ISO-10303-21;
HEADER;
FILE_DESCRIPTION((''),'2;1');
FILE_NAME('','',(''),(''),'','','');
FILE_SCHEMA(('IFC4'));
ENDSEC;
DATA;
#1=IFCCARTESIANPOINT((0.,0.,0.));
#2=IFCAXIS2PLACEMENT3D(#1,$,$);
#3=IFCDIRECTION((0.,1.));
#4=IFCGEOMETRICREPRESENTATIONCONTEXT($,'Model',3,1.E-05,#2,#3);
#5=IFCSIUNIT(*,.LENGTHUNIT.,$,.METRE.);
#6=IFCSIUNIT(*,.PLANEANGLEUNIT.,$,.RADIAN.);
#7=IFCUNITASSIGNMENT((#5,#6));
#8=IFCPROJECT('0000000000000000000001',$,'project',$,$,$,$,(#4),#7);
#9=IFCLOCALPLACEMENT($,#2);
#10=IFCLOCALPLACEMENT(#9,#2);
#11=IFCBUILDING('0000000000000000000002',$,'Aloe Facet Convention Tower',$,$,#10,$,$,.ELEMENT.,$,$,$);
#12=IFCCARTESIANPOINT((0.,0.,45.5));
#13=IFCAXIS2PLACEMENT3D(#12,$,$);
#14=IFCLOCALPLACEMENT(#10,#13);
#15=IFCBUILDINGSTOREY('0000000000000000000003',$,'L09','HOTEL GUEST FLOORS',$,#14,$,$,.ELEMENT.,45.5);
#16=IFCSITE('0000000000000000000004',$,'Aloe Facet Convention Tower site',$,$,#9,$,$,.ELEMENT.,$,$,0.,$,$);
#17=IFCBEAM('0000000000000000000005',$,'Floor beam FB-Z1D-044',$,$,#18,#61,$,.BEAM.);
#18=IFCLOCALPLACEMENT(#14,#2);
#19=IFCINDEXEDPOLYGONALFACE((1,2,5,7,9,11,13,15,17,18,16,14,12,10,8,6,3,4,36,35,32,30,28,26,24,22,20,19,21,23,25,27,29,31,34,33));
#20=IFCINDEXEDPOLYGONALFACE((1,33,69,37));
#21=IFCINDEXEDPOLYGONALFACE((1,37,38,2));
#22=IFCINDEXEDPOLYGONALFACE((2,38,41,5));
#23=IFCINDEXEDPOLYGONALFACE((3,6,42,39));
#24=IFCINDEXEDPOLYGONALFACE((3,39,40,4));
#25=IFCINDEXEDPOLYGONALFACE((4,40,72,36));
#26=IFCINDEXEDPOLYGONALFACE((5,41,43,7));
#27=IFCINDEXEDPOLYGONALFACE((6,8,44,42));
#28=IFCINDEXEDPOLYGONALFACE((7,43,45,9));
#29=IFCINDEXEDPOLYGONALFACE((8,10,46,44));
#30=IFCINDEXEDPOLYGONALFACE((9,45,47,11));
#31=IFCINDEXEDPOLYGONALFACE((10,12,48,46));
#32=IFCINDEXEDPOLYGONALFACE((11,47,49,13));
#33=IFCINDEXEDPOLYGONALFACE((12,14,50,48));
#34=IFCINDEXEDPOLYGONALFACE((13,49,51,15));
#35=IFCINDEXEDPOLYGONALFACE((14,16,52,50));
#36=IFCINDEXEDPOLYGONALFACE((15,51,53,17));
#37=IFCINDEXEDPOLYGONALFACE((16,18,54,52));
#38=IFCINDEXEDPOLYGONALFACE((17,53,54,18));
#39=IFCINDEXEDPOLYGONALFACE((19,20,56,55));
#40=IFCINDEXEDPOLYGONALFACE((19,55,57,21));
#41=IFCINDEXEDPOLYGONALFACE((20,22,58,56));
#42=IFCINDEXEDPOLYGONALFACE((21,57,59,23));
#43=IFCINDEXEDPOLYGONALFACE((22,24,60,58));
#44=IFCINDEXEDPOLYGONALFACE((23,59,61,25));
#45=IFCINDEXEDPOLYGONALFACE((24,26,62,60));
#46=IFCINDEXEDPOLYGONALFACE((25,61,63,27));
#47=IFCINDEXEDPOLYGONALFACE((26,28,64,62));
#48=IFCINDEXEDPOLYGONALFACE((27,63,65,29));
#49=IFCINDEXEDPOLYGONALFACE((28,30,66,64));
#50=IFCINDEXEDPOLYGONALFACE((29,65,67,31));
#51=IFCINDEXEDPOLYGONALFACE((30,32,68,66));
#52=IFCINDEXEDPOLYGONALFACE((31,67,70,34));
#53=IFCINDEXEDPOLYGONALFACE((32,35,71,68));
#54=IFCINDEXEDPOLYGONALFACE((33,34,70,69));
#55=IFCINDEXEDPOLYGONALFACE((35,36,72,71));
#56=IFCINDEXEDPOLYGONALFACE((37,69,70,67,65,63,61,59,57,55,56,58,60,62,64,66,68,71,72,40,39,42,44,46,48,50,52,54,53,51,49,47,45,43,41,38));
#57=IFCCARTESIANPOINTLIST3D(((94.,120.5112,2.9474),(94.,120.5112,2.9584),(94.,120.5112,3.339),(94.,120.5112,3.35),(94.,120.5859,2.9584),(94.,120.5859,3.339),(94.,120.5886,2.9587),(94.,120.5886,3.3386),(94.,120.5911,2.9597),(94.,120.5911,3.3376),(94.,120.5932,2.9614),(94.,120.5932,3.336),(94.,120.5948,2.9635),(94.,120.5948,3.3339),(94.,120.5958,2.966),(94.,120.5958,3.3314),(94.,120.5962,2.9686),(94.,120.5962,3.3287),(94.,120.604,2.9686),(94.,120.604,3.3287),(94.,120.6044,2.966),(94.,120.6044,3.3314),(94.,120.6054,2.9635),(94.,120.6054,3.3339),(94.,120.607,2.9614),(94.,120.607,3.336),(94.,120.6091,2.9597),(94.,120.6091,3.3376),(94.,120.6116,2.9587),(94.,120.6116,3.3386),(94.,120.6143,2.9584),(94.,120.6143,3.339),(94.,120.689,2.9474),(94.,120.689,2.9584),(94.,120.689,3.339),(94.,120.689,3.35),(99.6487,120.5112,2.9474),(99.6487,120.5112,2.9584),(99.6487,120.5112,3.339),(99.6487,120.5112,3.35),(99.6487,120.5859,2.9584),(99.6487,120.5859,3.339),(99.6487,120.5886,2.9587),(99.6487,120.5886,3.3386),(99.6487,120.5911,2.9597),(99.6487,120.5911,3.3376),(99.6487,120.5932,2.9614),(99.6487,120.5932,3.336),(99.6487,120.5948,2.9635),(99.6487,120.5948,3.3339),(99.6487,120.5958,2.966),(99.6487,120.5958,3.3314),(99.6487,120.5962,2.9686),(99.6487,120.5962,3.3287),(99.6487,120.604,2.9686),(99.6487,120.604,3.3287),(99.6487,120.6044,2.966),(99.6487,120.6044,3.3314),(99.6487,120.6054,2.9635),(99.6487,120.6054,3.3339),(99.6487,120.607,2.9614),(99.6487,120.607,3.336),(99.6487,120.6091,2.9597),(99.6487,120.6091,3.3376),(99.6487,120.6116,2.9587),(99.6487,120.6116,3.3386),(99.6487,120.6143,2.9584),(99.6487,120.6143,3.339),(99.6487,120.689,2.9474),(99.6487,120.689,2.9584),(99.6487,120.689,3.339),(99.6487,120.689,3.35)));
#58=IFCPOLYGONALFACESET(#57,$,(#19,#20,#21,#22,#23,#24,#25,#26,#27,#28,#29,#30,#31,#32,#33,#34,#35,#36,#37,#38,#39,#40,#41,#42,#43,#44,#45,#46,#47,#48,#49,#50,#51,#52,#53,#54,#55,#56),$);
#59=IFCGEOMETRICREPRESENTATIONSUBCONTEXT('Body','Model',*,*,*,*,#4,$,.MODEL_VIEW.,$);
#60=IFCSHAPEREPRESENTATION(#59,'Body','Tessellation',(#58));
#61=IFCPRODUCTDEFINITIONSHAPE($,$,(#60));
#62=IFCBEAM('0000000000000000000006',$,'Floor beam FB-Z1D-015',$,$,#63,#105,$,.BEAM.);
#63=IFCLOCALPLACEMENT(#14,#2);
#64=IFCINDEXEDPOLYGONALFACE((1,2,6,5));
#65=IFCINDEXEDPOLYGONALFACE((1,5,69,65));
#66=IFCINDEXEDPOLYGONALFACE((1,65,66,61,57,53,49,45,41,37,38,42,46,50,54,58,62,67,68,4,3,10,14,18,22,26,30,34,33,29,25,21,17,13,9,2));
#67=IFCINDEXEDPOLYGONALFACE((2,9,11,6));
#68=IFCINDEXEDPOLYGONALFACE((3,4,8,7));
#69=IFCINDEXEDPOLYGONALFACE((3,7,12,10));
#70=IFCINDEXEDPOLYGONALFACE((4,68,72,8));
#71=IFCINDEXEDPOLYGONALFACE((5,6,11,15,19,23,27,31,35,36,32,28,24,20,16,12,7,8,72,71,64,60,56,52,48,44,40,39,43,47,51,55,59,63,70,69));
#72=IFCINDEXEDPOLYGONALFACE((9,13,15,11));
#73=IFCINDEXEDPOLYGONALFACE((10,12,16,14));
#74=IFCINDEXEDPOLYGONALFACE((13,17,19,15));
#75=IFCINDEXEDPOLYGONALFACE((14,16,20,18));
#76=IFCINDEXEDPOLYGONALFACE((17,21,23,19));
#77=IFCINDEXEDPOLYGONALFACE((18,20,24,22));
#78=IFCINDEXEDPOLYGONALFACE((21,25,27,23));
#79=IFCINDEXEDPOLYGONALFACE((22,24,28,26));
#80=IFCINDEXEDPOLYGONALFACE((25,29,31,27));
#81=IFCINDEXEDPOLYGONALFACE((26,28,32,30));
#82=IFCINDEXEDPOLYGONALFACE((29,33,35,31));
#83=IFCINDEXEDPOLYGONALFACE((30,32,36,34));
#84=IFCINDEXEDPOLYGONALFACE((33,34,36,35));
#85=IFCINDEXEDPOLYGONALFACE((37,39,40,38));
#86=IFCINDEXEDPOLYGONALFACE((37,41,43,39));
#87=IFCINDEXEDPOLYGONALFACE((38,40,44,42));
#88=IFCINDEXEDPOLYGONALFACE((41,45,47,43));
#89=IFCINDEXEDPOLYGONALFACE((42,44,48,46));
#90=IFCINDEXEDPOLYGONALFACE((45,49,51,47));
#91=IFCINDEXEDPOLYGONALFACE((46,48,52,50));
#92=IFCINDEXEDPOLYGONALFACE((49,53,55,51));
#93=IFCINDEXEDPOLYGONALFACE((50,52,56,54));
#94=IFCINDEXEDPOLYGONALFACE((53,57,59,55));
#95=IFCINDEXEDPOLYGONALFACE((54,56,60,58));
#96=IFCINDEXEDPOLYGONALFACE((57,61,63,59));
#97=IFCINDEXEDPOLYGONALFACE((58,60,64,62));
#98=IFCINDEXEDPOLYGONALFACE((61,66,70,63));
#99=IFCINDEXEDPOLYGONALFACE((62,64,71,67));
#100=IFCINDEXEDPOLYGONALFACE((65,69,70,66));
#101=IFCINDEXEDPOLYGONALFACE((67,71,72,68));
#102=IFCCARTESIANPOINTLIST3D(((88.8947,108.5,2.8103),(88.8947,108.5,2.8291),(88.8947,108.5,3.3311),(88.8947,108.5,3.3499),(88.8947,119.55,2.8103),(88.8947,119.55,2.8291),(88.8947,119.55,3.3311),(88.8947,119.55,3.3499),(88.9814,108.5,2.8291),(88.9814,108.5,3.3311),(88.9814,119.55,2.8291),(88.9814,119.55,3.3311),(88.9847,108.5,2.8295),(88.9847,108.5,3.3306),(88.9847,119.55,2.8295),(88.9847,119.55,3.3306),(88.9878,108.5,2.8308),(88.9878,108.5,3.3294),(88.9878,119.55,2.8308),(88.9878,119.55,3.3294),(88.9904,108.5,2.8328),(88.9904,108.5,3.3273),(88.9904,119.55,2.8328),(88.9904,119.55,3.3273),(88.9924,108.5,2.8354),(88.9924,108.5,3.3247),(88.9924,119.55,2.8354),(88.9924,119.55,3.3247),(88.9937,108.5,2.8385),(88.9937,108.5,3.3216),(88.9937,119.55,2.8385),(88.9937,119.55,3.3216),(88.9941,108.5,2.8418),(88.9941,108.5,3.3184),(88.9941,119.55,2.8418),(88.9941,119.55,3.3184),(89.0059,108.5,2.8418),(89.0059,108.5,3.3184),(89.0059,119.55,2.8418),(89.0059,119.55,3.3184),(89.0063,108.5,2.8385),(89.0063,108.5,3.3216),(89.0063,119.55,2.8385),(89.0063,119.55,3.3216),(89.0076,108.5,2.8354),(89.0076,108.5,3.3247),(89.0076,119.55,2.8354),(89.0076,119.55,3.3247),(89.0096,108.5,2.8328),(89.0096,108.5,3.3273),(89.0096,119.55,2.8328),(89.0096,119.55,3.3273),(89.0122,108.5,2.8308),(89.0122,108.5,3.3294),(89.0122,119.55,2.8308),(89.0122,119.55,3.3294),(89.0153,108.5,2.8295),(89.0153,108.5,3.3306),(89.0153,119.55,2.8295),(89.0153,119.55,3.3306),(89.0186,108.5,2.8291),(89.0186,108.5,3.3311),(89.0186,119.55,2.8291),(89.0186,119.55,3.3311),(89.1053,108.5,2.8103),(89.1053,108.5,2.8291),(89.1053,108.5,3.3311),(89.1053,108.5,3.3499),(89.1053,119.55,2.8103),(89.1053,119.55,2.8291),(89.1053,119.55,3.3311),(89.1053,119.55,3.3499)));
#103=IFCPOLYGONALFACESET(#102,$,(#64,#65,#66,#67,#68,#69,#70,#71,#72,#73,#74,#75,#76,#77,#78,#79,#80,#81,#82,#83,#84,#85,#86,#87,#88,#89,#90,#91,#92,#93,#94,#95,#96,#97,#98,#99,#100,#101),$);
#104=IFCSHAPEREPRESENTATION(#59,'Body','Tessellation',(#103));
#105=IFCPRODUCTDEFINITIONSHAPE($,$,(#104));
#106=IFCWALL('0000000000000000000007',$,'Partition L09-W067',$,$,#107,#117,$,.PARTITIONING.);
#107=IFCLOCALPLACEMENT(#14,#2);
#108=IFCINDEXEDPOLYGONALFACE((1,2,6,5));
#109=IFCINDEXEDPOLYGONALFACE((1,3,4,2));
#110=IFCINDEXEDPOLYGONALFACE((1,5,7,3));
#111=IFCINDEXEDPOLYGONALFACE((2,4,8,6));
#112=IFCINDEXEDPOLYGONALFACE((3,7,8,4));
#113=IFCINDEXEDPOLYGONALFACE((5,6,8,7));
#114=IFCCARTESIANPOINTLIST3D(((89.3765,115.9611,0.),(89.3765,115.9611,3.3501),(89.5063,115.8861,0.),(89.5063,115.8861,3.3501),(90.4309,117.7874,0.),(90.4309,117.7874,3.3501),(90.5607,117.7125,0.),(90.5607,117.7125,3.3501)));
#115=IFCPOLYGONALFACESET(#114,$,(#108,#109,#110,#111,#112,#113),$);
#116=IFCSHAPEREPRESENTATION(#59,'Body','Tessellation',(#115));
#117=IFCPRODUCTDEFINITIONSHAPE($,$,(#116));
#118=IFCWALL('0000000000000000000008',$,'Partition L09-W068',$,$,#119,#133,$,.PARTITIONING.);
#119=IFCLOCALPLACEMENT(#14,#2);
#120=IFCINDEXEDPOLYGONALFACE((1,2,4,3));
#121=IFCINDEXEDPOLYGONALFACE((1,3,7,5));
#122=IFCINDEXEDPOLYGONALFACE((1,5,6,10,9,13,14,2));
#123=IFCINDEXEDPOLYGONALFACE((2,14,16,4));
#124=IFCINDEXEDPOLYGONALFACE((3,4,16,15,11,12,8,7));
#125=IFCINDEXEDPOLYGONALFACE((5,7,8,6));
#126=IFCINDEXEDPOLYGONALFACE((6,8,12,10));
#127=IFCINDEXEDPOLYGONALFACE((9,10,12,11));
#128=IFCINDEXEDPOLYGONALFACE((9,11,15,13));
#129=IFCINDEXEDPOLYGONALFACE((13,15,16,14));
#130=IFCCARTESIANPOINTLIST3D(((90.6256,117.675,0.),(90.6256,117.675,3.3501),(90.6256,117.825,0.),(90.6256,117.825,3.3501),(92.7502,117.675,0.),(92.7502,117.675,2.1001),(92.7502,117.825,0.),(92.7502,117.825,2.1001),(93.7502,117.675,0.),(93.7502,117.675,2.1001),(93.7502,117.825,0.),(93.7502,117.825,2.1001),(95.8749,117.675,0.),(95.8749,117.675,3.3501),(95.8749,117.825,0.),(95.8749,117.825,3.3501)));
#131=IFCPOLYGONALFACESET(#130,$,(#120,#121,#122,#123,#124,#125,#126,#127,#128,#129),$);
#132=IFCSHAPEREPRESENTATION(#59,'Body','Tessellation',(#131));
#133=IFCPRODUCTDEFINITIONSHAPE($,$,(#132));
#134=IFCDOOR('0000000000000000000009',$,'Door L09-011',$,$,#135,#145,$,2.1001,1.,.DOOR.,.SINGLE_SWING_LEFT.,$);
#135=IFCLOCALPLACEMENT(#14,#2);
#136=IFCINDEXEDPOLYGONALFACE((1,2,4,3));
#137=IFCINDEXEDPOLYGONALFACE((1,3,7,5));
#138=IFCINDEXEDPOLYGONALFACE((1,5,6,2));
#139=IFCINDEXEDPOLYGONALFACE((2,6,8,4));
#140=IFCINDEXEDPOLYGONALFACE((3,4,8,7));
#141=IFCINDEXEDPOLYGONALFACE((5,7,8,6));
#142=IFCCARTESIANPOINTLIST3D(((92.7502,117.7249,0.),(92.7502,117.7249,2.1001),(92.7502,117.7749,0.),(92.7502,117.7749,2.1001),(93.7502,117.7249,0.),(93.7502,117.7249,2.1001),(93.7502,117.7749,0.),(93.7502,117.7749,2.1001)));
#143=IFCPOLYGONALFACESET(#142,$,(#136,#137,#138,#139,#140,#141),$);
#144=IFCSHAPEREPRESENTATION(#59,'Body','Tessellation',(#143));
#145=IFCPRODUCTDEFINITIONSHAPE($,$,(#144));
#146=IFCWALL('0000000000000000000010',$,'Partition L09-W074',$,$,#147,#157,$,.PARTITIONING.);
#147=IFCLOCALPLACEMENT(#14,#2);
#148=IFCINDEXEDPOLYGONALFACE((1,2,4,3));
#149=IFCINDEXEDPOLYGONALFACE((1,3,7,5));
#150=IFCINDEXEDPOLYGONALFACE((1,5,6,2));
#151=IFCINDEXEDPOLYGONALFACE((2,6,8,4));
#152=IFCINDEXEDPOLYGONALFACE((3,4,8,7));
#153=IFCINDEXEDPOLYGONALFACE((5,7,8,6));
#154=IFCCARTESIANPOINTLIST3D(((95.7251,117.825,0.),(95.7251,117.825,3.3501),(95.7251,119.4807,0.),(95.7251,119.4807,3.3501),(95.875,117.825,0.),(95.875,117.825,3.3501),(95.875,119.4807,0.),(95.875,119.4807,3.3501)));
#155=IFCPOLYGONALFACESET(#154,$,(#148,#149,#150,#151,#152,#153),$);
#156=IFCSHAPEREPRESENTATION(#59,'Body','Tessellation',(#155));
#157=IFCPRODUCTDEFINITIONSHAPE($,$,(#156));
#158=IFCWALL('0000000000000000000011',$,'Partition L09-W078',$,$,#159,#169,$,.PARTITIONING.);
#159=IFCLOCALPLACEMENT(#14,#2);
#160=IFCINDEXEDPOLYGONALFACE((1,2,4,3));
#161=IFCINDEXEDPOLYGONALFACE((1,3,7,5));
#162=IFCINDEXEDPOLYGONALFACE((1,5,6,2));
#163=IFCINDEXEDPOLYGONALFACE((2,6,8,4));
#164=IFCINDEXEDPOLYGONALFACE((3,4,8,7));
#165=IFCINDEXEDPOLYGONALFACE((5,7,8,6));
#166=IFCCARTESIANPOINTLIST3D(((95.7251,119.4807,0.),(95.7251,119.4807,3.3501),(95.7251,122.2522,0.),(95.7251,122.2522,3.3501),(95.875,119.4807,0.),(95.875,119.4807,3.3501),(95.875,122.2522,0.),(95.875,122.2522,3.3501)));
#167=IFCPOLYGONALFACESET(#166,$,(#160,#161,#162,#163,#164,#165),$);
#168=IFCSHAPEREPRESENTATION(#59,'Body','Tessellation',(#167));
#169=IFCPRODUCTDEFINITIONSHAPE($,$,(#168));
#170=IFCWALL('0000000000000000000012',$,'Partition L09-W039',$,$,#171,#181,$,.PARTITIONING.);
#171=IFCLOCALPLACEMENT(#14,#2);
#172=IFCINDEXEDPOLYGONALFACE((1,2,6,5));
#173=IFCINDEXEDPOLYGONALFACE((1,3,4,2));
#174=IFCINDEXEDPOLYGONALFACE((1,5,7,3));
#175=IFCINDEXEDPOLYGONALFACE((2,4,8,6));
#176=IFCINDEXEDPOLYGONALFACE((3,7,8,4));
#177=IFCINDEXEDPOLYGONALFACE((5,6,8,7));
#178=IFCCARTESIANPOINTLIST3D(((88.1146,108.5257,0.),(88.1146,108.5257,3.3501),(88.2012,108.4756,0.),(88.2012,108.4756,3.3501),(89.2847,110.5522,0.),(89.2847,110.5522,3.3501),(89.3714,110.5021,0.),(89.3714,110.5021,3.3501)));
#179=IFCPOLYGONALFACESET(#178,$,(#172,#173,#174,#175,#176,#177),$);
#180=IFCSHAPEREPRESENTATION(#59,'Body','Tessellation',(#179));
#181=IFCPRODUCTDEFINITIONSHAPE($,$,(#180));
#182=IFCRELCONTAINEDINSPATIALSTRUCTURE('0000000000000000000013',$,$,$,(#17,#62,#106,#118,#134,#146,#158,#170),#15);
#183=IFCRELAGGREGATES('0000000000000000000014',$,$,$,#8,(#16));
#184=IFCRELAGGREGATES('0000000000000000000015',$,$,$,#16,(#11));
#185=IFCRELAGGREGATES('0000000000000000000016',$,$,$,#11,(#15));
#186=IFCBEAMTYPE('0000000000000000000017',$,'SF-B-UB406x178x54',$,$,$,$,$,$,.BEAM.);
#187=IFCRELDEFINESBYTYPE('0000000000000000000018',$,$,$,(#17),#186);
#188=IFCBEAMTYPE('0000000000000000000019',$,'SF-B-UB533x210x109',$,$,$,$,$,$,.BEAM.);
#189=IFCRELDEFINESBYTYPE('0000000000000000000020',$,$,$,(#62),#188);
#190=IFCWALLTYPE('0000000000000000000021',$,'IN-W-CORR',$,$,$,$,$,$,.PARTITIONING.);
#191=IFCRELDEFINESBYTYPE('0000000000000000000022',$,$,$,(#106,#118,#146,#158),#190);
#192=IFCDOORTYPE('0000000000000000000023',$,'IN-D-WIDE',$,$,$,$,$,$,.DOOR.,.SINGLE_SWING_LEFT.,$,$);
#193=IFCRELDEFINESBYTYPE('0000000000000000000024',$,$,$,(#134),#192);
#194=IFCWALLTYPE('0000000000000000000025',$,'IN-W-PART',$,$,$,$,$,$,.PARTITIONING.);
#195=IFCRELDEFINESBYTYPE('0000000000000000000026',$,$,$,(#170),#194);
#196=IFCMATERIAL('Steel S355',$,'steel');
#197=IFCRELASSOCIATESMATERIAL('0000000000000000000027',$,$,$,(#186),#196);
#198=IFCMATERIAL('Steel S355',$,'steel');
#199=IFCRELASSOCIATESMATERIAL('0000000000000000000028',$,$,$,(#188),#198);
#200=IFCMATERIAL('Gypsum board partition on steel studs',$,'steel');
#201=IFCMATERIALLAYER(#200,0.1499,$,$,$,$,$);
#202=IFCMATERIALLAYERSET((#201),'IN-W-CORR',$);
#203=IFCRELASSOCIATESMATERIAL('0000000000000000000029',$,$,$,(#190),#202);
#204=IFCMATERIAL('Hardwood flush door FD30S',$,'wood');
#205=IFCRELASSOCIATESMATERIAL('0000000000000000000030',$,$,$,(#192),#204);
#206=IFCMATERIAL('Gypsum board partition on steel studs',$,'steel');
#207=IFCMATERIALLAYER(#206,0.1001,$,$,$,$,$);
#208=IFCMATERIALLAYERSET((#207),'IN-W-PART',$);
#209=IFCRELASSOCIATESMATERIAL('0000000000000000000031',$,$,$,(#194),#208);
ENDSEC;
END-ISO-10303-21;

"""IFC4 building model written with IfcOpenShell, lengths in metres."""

from ifc_helpers import new_model, si_unit, direction, frame, frame_2d, origin, origin_2d, place, context, subcontext, project, spatial, rectangle, i_section, extrude, material, layer, layer_set, material_profile, profile_set, type_object, element, fill, save


model = new_model("IFC4")

# Units and contexts
model_context = context("Model", 3, precision=1e-05, world=origin(), true_north=direction((0.0, 1.0)))
body_context = subcontext(model_context, "Body", "Model", "MODEL_VIEW")
ifc_project = project(units=[si_unit("LENGTHUNIT", "METRE"), si_unit("PLANEANGLEUNIT", "RADIAN")], contexts=[model_context])

# Site, building, storey
site_placement = place(None, origin())
site = spatial("IfcSite", under=ifc_project, at=site_placement, Name="Aloe Facet Convention Tower site", CompositionType="ELEMENT", RefElevation=0.0)
building_placement = place(site_placement, origin())
building = spatial("IfcBuilding", under=site, at=building_placement, Name="Aloe Facet Convention Tower", CompositionType="ELEMENT")
storey_placement = place(building_placement, frame((0.0, 0.0, 45.5)))
storey = spatial("IfcBuildingStorey", under=building, at=storey_placement, Name="L09", Description="HOTEL GUEST FLOORS", CompositionType="ELEMENT", Elevation=45.5)

# Beams
ifc_material_1 = material(Name="Steel S355", Category="steel")
ifc_material_profile_1 = material_profile(ifc_material_1, i_section(OverallWidth=0.1777, OverallDepth=0.4026, WebThickness=0.0078, FlangeThickness=0.011, FilletRadius=0.0103, at=origin_2d()), Name="UB 406x178x54")
ifc_profile_set_1 = profile_set([ifc_material_profile_1], Name="Steel S355")
beam_type_1 = type_object("IfcBeamType", Name="SF-B-UB406x178x54", PredefinedType="BEAM", material=ifc_profile_set_1)
beam_1_placement = place(storey_placement, frame((94.0, 120.6001, 3.1487), z_axis=(1.0, 0.0, 0.0), x_axis=(0.0, 1.0, 0.0)))
element("IfcBeam", 1, at=beam_1_placement, inside=storey, type_object=beam_type_1, Name="Floor beam FB-Z1D-044", PredefinedType="BEAM", context=body_context, shape_type="SweptSolid", body=[
    extrude(i_section(OverallWidth=0.1777, OverallDepth=0.4026, WebThickness=0.0078, FlangeThickness=0.011, FilletRadius=0.0103, at=origin_2d()), origin(), (0.0, 0.0, 1.0), 5.6487),
])
ifc_material_2 = material(Name="Steel S355", Category="steel")
ifc_material_profile_2 = material_profile(ifc_material_2, i_section(OverallWidth=0.2107, OverallDepth=0.5396, WebThickness=0.0117, FlangeThickness=0.0188, FilletRadius=0.0127, at=origin_2d()), Name="UB 533x210x109")
ifc_profile_set_2 = profile_set([ifc_material_profile_2], Name="Steel S355")
beam_type_2 = type_object("IfcBeamType", Name="SF-B-UB533x210x109", PredefinedType="BEAM", material=ifc_profile_set_2)
beam_2_placement = place(storey_placement, frame((89.0, 119.55, 3.0801), z_axis=(0.0, -1.0, 0.0), x_axis=(1.0, 0.0, 0.0)))
element("IfcBeam", 2, at=beam_2_placement, inside=storey, type_object=beam_type_2, Name="Floor beam FB-Z1D-015", PredefinedType="BEAM", context=body_context, shape_type="SweptSolid", body=[
    extrude(i_section(OverallWidth=0.2107, OverallDepth=0.5396, WebThickness=0.0117, FlangeThickness=0.0188, FilletRadius=0.0127, at=origin_2d()), origin(), (0.0, 0.0, 1.0), 11.05),
])

# Wall
ifc_material_3 = material(Name="Gypsum board partition on steel studs", Category="steel")
ifc_layer_1 = layer(ifc_material_3, 0.1499)
ifc_layer_set_1 = layer_set([ifc_layer_1], Name="IN-W-CORR")
wall_type_1 = type_object("IfcWallType", Name="IN-W-CORR", PredefinedType="PARTITIONING", material=ifc_layer_set_1)
wall_1_placement = place(storey_placement, frame((89.4414, 115.9236, 0.0), z_axis=(0.0, 0.0, 1.0), x_axis=(0.499986, 0.866033, 0.0)))
element("IfcWall", 3, at=wall_1_placement, inside=storey, type_object=wall_type_1, Name="Partition L09-W067", PredefinedType="PARTITIONING", context=body_context, shape_type="SweptSolid", body=[
    extrude(rectangle(XDim=2.1089, YDim=0.1499, at=frame_2d((1.0544, 0.0))), origin(), (0.0, 0.0, 1.0), 3.3501),
])

# Wall, opening, door
wall_2_placement = place(storey_placement, frame((90.6257, 117.75, 0.0), z_axis=(0.0, 0.0, 1.0), x_axis=(1.0, 0.0, 0.0)))
wall_2 = element("IfcWall", 4, at=wall_2_placement, inside=storey, type_object=wall_type_1, Name="Partition L09-W068", PredefinedType="PARTITIONING", context=body_context, shape_type="SweptSolid", body=[
    extrude(rectangle(XDim=5.2493, YDim=0.1499, at=frame_2d((2.6245, 0.0))), origin(), (0.0, 0.0, 1.0), 3.3501),
])
opening_1_placement = place(wall_2_placement, frame((2.1245, 0.0, 0.0)))
opening_1 = element("IfcOpeningElement", 5, at=opening_1_placement, cuts=wall_2, PredefinedType="OPENING", context=body_context, shape_type="SweptSolid", body=[
    extrude(rectangle(XDim=1.0, YDim=2.1001, at=frame_2d((0.5, 1.05))), frame((0.0, 0.085, 0.0), z_axis=(0.0, -1.0, 0.0), x_axis=(1.0, 0.0, 0.0)), (0.0, 0.0, 1.0), 0.1699),
])
ifc_material_4 = material(Name="Hardwood flush door FD30S", Category="wood")
door_type_1 = type_object("IfcDoorType", Name="IN-D-WIDE", OperationType="SINGLE_SWING_LEFT", PredefinedType="DOOR", material=ifc_material_4)
door_1_placement = place(opening_1_placement, origin())
door_1 = element("IfcDoor", 6, at=door_1_placement, inside=storey, type_object=door_type_1, Name="Door L09-011", OperationType="SINGLE_SWING_LEFT", OverallHeight=2.1001, OverallWidth=1.0, PredefinedType="DOOR", context=body_context, shape_type="SweptSolid", body=[
    extrude(rectangle(XDim=1.0, YDim=2.1001, at=frame_2d((0.5, 1.05))), frame((0.0, 0.0249, 0.0), z_axis=(0.0, -1.0, 0.0), x_axis=(1.0, 0.0, 0.0)), (0.0, 0.0, 1.0), 0.05),
])
fill(opening_1, door_1)

# Walls
wall_3_placement = place(storey_placement, frame((95.8, 117.825, 0.0), z_axis=(0.0, 0.0, 1.0), x_axis=(0.0, 1.0, 0.0)))
element("IfcWall", 7, at=wall_3_placement, inside=storey, type_object=wall_type_1, Name="Partition L09-W074", PredefinedType="PARTITIONING", context=body_context, shape_type="SweptSolid", body=[
    extrude(rectangle(XDim=1.6558, YDim=0.1499, at=frame_2d((0.8279, 0.0))), origin(), (0.0, 0.0, 1.0), 3.3501),
])
wall_4_placement = place(storey_placement, frame((95.8, 119.4807, 0.0), z_axis=(0.0, 0.0, 1.0), x_axis=(0.0, 1.0, 0.0)))
element("IfcWall", 8, at=wall_4_placement, inside=storey, type_object=wall_type_1, Name="Partition L09-W078", PredefinedType="PARTITIONING", context=body_context, shape_type="SweptSolid", body=[
    extrude(rectangle(XDim=2.7715, YDim=0.1499, at=frame_2d((1.3857, 0.0))), origin(), (0.0, 0.0, 1.0), 3.3501),
])
ifc_material_5 = material(Name="Gypsum board partition on steel studs", Category="steel")
ifc_layer_2 = layer(ifc_material_5, 0.1001)
ifc_layer_set_2 = layer_set([ifc_layer_2], Name="IN-W-PART")
wall_type_2 = type_object("IfcWallType", Name="IN-W-PART", PredefinedType="PARTITIONING", material=ifc_layer_set_2)
wall_5_placement = place(storey_placement, frame((88.158, 108.5007, 0.0), z_axis=(0.0, 0.0, 1.0), x_axis=(0.500033, 0.866007, 0.0)))
element("IfcWall", 9, at=wall_5_placement, inside=storey, type_object=wall_type_2, Name="Partition L09-W039", PredefinedType="PARTITIONING", context=body_context, shape_type="SweptSolid", body=[
    extrude(rectangle(XDim=2.3401, YDim=0.1001, at=frame_2d((1.1699, 0.0))), origin(), (0.0, 0.0, 1.0), 3.3501),
])

save(model, "model.ifc")
